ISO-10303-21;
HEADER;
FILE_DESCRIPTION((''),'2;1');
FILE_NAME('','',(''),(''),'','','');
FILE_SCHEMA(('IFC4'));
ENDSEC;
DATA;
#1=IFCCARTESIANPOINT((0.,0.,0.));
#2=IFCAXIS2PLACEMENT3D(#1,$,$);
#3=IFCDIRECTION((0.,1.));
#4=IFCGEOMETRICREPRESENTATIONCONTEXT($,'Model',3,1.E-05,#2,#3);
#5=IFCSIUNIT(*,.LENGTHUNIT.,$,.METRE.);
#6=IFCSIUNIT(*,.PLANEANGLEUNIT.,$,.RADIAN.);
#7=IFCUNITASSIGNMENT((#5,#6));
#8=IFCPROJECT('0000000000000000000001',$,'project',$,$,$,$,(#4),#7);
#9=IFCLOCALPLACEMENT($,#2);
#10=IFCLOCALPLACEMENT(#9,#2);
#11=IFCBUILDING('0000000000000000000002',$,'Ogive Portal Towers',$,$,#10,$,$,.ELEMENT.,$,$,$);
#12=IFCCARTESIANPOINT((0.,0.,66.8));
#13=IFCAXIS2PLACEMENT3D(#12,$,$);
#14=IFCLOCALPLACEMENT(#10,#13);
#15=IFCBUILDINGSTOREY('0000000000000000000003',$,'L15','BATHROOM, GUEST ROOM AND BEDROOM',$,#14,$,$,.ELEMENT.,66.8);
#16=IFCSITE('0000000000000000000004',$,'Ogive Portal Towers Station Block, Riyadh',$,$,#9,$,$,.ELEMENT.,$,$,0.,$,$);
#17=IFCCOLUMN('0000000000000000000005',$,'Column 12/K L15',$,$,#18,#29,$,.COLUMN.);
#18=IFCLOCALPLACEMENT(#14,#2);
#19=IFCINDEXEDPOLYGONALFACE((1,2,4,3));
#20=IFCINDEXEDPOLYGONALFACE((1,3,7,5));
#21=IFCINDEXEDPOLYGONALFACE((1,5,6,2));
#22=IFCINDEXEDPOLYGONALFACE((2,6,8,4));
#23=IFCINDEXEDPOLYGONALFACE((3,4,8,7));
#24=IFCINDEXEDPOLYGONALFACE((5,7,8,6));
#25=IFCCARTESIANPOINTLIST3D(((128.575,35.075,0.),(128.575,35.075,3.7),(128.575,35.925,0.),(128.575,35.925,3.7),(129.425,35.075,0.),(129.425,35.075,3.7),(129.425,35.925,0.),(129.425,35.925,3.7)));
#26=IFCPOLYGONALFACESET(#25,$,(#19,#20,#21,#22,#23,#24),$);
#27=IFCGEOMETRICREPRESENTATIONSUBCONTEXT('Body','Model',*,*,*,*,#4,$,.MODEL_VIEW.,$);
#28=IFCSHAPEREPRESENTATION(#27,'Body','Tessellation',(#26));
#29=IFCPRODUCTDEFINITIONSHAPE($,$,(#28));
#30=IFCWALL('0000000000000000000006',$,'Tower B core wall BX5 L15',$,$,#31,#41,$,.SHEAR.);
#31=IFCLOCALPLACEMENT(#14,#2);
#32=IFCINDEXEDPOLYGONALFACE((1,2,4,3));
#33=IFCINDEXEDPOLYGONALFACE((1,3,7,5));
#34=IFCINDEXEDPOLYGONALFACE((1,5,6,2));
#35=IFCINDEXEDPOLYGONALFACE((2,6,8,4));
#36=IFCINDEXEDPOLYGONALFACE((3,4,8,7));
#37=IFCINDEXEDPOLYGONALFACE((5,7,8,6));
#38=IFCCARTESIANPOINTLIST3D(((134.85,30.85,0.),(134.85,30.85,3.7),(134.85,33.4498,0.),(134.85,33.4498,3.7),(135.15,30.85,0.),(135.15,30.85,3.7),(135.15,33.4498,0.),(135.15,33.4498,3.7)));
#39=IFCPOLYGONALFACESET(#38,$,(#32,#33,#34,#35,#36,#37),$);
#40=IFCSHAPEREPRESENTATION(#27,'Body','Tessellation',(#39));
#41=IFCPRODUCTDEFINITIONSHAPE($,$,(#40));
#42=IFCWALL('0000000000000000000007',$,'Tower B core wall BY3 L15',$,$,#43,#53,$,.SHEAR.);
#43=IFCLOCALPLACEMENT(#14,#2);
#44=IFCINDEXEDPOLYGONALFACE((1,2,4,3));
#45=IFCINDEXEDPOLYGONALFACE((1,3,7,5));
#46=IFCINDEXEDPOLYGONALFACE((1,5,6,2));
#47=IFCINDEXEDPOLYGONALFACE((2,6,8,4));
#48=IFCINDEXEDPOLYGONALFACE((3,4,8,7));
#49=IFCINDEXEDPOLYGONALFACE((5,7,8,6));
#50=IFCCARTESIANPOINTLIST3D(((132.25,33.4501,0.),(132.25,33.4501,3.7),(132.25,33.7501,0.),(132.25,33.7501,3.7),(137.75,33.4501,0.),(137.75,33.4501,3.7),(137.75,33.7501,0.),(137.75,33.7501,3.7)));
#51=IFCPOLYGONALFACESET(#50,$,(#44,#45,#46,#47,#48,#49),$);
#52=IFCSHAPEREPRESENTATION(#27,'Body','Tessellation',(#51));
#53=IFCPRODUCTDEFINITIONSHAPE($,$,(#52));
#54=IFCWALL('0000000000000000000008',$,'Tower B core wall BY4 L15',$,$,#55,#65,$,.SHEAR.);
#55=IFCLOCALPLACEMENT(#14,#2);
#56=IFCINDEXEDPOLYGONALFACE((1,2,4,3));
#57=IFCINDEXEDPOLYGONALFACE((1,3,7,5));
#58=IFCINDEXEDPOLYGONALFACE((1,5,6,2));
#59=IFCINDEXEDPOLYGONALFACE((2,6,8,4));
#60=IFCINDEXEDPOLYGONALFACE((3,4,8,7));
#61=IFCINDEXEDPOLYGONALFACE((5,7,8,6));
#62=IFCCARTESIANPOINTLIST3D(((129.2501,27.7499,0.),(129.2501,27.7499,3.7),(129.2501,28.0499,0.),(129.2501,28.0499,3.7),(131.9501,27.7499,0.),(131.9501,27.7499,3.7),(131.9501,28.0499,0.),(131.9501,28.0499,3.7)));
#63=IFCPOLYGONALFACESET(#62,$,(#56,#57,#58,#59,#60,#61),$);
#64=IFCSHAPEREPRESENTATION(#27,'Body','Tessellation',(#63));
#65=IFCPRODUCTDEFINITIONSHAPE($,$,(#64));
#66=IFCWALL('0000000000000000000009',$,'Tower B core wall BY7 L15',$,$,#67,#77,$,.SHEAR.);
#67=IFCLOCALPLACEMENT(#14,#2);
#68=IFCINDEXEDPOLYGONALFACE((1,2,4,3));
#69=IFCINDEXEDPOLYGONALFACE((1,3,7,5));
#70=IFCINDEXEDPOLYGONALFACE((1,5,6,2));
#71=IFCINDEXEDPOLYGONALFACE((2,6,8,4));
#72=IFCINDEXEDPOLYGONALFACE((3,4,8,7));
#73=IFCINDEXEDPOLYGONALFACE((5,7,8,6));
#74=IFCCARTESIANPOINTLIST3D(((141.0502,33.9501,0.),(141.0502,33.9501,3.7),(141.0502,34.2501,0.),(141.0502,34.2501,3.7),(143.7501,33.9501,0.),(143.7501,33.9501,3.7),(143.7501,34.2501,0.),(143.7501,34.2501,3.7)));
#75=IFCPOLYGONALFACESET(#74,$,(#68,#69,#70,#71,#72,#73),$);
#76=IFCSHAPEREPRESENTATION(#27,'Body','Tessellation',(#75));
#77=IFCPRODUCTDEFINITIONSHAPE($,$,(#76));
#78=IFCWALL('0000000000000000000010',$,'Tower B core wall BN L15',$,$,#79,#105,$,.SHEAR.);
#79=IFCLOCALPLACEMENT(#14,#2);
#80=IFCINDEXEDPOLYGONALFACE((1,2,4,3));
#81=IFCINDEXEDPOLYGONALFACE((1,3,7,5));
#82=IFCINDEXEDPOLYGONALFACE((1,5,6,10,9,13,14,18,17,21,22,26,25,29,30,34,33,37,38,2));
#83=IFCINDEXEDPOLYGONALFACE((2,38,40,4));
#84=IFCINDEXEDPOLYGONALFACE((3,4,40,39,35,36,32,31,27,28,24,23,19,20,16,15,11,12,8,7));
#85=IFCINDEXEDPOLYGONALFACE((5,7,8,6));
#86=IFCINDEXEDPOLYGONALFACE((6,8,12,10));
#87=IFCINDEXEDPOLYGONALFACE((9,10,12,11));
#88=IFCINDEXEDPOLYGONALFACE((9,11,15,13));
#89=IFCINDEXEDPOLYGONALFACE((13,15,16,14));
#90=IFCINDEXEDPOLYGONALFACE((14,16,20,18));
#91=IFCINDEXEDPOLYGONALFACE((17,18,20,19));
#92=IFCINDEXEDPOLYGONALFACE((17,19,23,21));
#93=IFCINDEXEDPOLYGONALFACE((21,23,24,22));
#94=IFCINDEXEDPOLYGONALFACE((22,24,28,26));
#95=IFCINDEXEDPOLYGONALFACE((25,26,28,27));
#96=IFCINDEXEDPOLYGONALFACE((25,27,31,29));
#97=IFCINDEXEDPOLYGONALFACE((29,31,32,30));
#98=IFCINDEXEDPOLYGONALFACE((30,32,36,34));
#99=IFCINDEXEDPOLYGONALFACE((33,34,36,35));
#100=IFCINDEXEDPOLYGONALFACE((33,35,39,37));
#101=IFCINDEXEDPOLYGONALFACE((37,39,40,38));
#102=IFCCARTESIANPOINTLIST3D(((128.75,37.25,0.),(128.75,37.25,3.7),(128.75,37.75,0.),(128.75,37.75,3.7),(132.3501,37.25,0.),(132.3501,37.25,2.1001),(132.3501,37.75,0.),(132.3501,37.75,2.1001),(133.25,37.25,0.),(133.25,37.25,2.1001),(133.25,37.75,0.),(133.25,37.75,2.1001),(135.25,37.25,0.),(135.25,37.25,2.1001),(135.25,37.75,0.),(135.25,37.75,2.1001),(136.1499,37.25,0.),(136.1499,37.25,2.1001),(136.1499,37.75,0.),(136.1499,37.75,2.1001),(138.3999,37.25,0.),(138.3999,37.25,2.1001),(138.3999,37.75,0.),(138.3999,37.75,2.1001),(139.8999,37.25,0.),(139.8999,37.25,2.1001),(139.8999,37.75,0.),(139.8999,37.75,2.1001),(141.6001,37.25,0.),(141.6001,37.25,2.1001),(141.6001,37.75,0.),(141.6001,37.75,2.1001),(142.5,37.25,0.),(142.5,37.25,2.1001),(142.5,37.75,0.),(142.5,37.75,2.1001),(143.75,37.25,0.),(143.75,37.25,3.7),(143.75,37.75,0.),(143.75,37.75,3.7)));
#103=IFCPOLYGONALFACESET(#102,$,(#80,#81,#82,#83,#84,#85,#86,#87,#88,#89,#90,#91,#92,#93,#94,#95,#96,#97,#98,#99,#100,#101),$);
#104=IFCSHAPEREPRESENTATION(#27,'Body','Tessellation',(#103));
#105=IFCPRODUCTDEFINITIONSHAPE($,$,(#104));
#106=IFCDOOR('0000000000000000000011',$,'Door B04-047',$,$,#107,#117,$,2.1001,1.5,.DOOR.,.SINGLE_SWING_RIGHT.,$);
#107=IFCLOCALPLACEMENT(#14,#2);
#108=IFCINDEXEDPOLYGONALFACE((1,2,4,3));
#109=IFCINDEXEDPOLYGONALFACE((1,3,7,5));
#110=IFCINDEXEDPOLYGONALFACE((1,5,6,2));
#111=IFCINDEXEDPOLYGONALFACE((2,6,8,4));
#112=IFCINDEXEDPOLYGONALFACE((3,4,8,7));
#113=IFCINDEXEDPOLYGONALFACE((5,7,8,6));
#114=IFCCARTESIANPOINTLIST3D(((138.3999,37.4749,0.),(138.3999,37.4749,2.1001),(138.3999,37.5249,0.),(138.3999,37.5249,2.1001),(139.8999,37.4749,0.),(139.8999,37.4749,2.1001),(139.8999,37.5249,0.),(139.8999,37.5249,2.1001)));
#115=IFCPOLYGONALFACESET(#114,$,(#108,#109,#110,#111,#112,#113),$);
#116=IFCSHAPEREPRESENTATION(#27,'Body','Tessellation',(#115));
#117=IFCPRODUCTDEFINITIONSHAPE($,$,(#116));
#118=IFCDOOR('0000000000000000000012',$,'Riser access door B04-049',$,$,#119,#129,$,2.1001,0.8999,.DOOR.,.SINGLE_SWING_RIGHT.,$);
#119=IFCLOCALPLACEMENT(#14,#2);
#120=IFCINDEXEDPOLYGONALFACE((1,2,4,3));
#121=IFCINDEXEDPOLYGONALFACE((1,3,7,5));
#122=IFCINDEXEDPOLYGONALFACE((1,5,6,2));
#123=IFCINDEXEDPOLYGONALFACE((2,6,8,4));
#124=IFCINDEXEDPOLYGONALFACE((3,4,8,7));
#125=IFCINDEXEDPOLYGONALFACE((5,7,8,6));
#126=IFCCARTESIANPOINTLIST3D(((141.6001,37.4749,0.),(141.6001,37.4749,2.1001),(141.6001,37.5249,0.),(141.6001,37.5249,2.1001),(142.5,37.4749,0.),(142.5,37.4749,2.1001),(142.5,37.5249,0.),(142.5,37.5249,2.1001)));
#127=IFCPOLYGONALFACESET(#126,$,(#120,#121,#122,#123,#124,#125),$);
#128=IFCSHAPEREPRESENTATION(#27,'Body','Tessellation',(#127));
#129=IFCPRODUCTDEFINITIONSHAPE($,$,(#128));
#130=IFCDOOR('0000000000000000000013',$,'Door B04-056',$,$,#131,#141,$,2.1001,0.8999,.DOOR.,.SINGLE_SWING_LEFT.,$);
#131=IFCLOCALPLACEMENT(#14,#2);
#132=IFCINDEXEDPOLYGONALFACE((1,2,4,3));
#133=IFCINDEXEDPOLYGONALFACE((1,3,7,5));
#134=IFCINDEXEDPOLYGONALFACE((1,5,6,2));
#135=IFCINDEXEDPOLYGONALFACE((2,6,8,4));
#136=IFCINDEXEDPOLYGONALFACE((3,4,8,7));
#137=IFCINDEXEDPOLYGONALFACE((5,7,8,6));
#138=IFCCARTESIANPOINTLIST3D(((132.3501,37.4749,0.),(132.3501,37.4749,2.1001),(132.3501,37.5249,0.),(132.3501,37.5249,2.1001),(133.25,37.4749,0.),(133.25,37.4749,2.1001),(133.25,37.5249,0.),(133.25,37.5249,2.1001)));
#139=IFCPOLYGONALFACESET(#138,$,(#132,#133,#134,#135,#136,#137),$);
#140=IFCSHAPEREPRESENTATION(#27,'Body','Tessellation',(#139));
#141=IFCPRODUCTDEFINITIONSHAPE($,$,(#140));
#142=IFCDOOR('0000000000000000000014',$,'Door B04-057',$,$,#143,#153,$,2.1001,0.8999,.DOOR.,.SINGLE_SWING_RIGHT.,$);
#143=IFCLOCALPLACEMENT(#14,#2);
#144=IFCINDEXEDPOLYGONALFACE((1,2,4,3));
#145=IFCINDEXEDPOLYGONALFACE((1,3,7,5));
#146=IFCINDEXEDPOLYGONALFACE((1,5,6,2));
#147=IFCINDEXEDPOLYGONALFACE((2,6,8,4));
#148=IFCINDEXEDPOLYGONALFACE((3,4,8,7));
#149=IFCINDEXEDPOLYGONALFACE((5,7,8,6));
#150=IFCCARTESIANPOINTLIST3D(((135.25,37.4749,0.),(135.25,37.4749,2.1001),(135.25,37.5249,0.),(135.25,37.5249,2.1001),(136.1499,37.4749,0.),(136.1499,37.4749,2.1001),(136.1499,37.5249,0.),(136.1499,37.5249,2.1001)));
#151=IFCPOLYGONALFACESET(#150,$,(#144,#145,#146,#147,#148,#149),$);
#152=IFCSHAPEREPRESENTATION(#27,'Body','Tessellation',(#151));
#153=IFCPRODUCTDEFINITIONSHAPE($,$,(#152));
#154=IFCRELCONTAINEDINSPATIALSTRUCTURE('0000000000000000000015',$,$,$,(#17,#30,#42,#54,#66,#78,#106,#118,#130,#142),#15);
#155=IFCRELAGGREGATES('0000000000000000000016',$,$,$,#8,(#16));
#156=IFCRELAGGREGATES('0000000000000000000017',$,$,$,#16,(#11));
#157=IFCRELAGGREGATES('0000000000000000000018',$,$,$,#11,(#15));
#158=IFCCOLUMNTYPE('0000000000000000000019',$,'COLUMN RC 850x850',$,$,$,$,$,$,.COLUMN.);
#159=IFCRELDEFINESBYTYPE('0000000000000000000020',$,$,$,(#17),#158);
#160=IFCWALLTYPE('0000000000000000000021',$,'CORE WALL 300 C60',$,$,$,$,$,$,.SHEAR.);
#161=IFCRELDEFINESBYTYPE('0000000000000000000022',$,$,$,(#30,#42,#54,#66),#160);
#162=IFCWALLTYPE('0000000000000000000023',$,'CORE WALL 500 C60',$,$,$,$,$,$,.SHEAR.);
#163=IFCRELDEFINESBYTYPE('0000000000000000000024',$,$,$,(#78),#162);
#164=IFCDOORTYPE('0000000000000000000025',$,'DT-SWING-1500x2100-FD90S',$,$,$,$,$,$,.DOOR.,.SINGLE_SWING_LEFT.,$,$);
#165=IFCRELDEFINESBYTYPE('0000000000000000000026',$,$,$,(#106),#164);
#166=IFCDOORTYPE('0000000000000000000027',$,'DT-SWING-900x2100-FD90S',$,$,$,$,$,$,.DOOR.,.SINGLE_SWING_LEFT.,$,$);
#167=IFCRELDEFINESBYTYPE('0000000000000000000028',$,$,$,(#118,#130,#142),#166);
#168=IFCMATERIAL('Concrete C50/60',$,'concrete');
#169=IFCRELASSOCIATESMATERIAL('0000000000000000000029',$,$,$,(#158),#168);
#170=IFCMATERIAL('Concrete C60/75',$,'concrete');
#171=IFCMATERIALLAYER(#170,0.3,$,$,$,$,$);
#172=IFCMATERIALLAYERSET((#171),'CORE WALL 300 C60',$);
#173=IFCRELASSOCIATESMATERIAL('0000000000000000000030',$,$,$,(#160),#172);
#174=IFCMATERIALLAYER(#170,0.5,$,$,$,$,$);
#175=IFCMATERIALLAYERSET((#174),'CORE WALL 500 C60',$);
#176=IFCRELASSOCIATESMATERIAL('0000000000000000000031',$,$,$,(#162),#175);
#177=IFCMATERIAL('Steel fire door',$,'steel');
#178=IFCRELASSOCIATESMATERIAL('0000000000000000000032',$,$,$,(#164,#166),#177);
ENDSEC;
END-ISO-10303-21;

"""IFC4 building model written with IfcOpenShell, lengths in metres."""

from ifc_helpers import new_model, si_unit, direction, frame, frame_2d, origin, origin_2d, place, context, subcontext, project, spatial, rectangle, extrude, material, layer, layer_set, material_profile, profile_set, type_object, element, fill, save


model = new_model("IFC4")

# Units and contexts
model_context = context("Model", 3, precision=1e-05, world=origin(), true_north=direction((0.0, 1.0)))
body_context = subcontext(model_context, "Body", "Model", "MODEL_VIEW")
ifc_project = project(units=[si_unit("LENGTHUNIT", "METRE"), si_unit("PLANEANGLEUNIT", "RADIAN")], contexts=[model_context])

# Site, building, storey
site_placement = place(None, origin())
site = spatial("IfcSite", under=ifc_project, at=site_placement, Name="Ogive Portal Towers Station Block, Riyadh", CompositionType="ELEMENT", RefElevation=0.0)
building_placement = place(site_placement, origin())
building = spatial("IfcBuilding", under=site, at=building_placement, Name="Ogive Portal Towers", CompositionType="ELEMENT")
storey_placement = place(building_placement, frame((0.0, 0.0, 66.8)))
storey = spatial("IfcBuildingStorey", under=building, at=storey_placement, Name="L15", Description="BATHROOM, GUEST ROOM AND BEDROOM", CompositionType="ELEMENT", Elevation=66.8)

# Column
ifc_material_1 = material(Name="Concrete C50/60", Category="concrete")
ifc_material_profile = material_profile(ifc_material_1, rectangle(XDim=0.8501, YDim=0.8501, at=origin_2d()), Name="RC 850x850")
ifc_profile_set = profile_set([ifc_material_profile], Name="Concrete C50/60")
column_type = type_object("IfcColumnType", Name="COLUMN RC 850x850", PredefinedType="COLUMN", material=ifc_profile_set)
column_placement = place(storey_placement, frame((129.0, 35.5, 0.0), z_axis=(0.0, 0.0, 1.0), x_axis=(1.0, 0.0, 0.0)))
element("IfcColumn", 1, at=column_placement, inside=storey, type_object=column_type, Name="Column 12/K L15", PredefinedType="COLUMN", context=body_context, shape_type="SweptSolid", body=[
    extrude(rectangle(XDim=0.8501, YDim=0.8501, at=origin_2d()), origin(), (0.0, 0.0, 1.0), 3.7),
])

# Wall
ifc_material_2 = material(Name="Concrete C60/75", Category="concrete")
ifc_layer_1 = layer(ifc_material_2, 0.3)
ifc_layer_set_1 = layer_set([ifc_layer_1], Name="CORE WALL 300 C60")
wall_type_1 = type_object("IfcWallType", Name="CORE WALL 300 C60", PredefinedType="SHEAR", material=ifc_layer_set_1)
wall_1_placement = place(storey_placement, frame((135.0, 30.8501, 0.0), z_axis=(0.0, 0.0, 1.0), x_axis=(0.0, 1.0, 0.0)))
element("IfcWall", 2, at=wall_1_placement, inside=storey, type_object=wall_type_1, Name="Tower B core wall BX5 L15", PredefinedType="SHEAR", context=body_context, shape_type="SweptSolid", body=[
    extrude(rectangle(XDim=2.5999, YDim=0.3, at=frame_2d((1.2998, 0.0))), origin(), (0.0, 0.0, 1.0), 3.7),
])

# Walls
wall_2_placement = place(storey_placement, frame((132.25, 33.6001, 0.0), z_axis=(0.0, 0.0, 1.0), x_axis=(1.0, 0.0, 0.0)))
element("IfcWall", 3, at=wall_2_placement, inside=storey, type_object=wall_type_1, Name="Tower B core wall BY3 L15", PredefinedType="SHEAR", context=body_context, shape_type="SweptSolid", body=[
    extrude(rectangle(XDim=5.5, YDim=0.3, at=frame_2d((2.75, 0.0))), origin(), (0.0, 0.0, 1.0), 3.7),
])
wall_3_placement = place(storey_placement, frame((129.25, 27.8999, 0.0), z_axis=(0.0, 0.0, 1.0), x_axis=(1.0, 0.0, 0.0)))
element("IfcWall", 4, at=wall_3_placement, inside=storey, type_object=wall_type_1, Name="Tower B core wall BY4 L15", PredefinedType="SHEAR", context=body_context, shape_type="SweptSolid", body=[
    extrude(rectangle(XDim=2.7, YDim=0.3, at=frame_2d((1.3501, 0.0))), origin(), (0.0, 0.0, 1.0), 3.7),
])

# Wall
wall_4_placement = place(storey_placement, frame((141.05, 34.1001, 0.0), z_axis=(0.0, 0.0, 1.0), x_axis=(1.0, 0.0, 0.0)))
element("IfcWall", 5, at=wall_4_placement, inside=storey, type_object=wall_type_1, Name="Tower B core wall BY7 L15", PredefinedType="SHEAR", context=body_context, shape_type="SweptSolid", body=[
    extrude(rectangle(XDim=2.7, YDim=0.3, at=frame_2d((1.3501, 0.0))), origin(), (0.0, 0.0, 1.0), 3.7),
])

# Wall, openings, doors
ifc_layer_2 = layer(ifc_material_2, 0.5)
ifc_layer_set_2 = layer_set([ifc_layer_2], Name="CORE WALL 500 C60")
wall_type_2 = type_object("IfcWallType", Name="CORE WALL 500 C60", PredefinedType="SHEAR", material=ifc_layer_set_2)
wall_5_placement = place(storey_placement, frame((128.75, 37.5, 0.0), z_axis=(0.0, 0.0, 1.0), x_axis=(1.0, 0.0, 0.0)))
wall_5 = element("IfcWall", 6, at=wall_5_placement, inside=storey, type_object=wall_type_2, Name="Tower B core wall BN L15", PredefinedType="SHEAR", context=body_context, shape_type="SweptSolid", body=[
    extrude(rectangle(XDim=15.0, YDim=0.5, at=frame_2d((7.5, 0.0))), origin(), (0.0, 0.0, 1.0), 3.7),
])
opening_1_placement = place(wall_5_placement, frame((9.6499, 0.0, 0.0)))
opening_1 = element("IfcOpeningElement", 7, at=opening_1_placement, cuts=wall_5, PredefinedType="OPENING", context=body_context, shape_type="SweptSolid", body=[
    extrude(rectangle(XDim=1.5, YDim=2.1001, at=frame_2d((0.75, 1.05))), frame((0.0, 0.26, 0.0), z_axis=(0.0, -1.0, 0.0), x_axis=(1.0, 0.0, 0.0)), (0.0, 0.0, 1.0), 0.52),
])
opening_2_placement = place(wall_5_placement, frame((12.8501, 0.0, 0.0)))
opening_2 = element("IfcOpeningElement", 8, at=opening_2_placement, cuts=wall_5, PredefinedType="OPENING", context=body_context, shape_type="SweptSolid", body=[
    extrude(rectangle(XDim=0.8999, YDim=2.1001, at=frame_2d((0.45, 1.05))), frame((0.0, 0.26, 0.0), z_axis=(0.0, -1.0, 0.0), x_axis=(1.0, 0.0, 0.0)), (0.0, 0.0, 1.0), 0.52),
])
opening_3_placement = place(wall_5_placement, frame((3.6001, 0.0, 0.0)))
opening_3 = element("IfcOpeningElement", 9, at=opening_3_placement, cuts=wall_5, PredefinedType="OPENING", context=body_context, shape_type="SweptSolid", body=[
    extrude(rectangle(XDim=0.8999, YDim=2.1001, at=frame_2d((0.45, 1.05))), frame((0.0, 0.26, 0.0), z_axis=(0.0, -1.0, 0.0), x_axis=(1.0, 0.0, 0.0)), (0.0, 0.0, 1.0), 0.52),
])
opening_4_placement = place(wall_5_placement, frame((6.5, 0.0, 0.0)))
opening_4 = element("IfcOpeningElement", 10, at=opening_4_placement, cuts=wall_5, PredefinedType="OPENING", context=body_context, shape_type="SweptSolid", body=[
    extrude(rectangle(XDim=0.8999, YDim=2.1001, at=frame_2d((0.45, 1.05))), frame((0.0, 0.26, 0.0), z_axis=(0.0, -1.0, 0.0), x_axis=(1.0, 0.0, 0.0)), (0.0, 0.0, 1.0), 0.52),
])
ifc_material_3 = material(Name="Steel fire door", Category="steel")
door_type_1 = type_object("IfcDoorType", Name="DT-SWING-1500x2100-FD90S", OperationType="SINGLE_SWING_LEFT", PredefinedType="DOOR", material=ifc_material_3)
door_1_placement = place(opening_1_placement, origin())
door_1 = element("IfcDoor", 11, at=door_1_placement, inside=storey, type_object=door_type_1, Name="Door B04-047", OperationType="SINGLE_SWING_RIGHT", OverallHeight=2.1001, OverallWidth=1.5, PredefinedType="DOOR", context=body_context, shape_type="SweptSolid", body=[
    extrude(rectangle(XDim=1.5, YDim=2.1001, at=frame_2d((0.75, 1.05))), frame((0.0, 0.0249, 0.0), z_axis=(0.0, -1.0, 0.0), x_axis=(1.0, 0.0, 0.0)), (0.0, 0.0, 1.0), 0.05),
])
fill(opening_1, door_1)
door_type_2 = type_object("IfcDoorType", Name="DT-SWING-900x2100-FD90S", OperationType="SINGLE_SWING_LEFT", PredefinedType="DOOR", material=ifc_material_3)
door_2_placement = place(opening_2_placement, origin())
door_2 = element("IfcDoor", 12, at=door_2_placement, inside=storey, type_object=door_type_2, Name="Riser access door B04-049", OperationType="SINGLE_SWING_RIGHT", OverallHeight=2.1001, OverallWidth=0.8999, PredefinedType="DOOR", context=body_context, shape_type="SweptSolid", body=[
    extrude(rectangle(XDim=0.8999, YDim=2.1001, at=frame_2d((0.45, 1.05))), frame((0.0, 0.0249, 0.0), z_axis=(0.0, -1.0, 0.0), x_axis=(1.0, 0.0, 0.0)), (0.0, 0.0, 1.0), 0.05),
])
fill(opening_2, door_2)
door_3_placement = place(opening_3_placement, origin())
door_3 = element("IfcDoor", 13, at=door_3_placement, inside=storey, type_object=door_type_2, Name="Door B04-056", OperationType="SINGLE_SWING_LEFT", OverallHeight=2.1001, OverallWidth=0.8999, PredefinedType="DOOR", context=body_context, shape_type="SweptSolid", body=[
    extrude(rectangle(XDim=0.8999, YDim=2.1001, at=frame_2d((0.45, 1.05))), frame((0.0, 0.0249, 0.0), z_axis=(0.0, -1.0, 0.0), x_axis=(1.0, 0.0, 0.0)), (0.0, 0.0, 1.0), 0.05),
])
fill(opening_3, door_3)
door_4_placement = place(opening_4_placement, origin())
door_4 = element("IfcDoor", 14, at=door_4_placement, inside=storey, type_object=door_type_2, Name="Door B04-057", OperationType="SINGLE_SWING_RIGHT", OverallHeight=2.1001, OverallWidth=0.8999, PredefinedType="DOOR", context=body_context, shape_type="SweptSolid", body=[
    extrude(rectangle(XDim=0.8999, YDim=2.1001, at=frame_2d((0.45, 1.05))), frame((0.0, 0.0249, 0.0), z_axis=(0.0, -1.0, 0.0), x_axis=(1.0, 0.0, 0.0)), (0.0, 0.0, 1.0), 0.05),
])
fill(opening_4, door_4)

save(model, "model.ifc")
